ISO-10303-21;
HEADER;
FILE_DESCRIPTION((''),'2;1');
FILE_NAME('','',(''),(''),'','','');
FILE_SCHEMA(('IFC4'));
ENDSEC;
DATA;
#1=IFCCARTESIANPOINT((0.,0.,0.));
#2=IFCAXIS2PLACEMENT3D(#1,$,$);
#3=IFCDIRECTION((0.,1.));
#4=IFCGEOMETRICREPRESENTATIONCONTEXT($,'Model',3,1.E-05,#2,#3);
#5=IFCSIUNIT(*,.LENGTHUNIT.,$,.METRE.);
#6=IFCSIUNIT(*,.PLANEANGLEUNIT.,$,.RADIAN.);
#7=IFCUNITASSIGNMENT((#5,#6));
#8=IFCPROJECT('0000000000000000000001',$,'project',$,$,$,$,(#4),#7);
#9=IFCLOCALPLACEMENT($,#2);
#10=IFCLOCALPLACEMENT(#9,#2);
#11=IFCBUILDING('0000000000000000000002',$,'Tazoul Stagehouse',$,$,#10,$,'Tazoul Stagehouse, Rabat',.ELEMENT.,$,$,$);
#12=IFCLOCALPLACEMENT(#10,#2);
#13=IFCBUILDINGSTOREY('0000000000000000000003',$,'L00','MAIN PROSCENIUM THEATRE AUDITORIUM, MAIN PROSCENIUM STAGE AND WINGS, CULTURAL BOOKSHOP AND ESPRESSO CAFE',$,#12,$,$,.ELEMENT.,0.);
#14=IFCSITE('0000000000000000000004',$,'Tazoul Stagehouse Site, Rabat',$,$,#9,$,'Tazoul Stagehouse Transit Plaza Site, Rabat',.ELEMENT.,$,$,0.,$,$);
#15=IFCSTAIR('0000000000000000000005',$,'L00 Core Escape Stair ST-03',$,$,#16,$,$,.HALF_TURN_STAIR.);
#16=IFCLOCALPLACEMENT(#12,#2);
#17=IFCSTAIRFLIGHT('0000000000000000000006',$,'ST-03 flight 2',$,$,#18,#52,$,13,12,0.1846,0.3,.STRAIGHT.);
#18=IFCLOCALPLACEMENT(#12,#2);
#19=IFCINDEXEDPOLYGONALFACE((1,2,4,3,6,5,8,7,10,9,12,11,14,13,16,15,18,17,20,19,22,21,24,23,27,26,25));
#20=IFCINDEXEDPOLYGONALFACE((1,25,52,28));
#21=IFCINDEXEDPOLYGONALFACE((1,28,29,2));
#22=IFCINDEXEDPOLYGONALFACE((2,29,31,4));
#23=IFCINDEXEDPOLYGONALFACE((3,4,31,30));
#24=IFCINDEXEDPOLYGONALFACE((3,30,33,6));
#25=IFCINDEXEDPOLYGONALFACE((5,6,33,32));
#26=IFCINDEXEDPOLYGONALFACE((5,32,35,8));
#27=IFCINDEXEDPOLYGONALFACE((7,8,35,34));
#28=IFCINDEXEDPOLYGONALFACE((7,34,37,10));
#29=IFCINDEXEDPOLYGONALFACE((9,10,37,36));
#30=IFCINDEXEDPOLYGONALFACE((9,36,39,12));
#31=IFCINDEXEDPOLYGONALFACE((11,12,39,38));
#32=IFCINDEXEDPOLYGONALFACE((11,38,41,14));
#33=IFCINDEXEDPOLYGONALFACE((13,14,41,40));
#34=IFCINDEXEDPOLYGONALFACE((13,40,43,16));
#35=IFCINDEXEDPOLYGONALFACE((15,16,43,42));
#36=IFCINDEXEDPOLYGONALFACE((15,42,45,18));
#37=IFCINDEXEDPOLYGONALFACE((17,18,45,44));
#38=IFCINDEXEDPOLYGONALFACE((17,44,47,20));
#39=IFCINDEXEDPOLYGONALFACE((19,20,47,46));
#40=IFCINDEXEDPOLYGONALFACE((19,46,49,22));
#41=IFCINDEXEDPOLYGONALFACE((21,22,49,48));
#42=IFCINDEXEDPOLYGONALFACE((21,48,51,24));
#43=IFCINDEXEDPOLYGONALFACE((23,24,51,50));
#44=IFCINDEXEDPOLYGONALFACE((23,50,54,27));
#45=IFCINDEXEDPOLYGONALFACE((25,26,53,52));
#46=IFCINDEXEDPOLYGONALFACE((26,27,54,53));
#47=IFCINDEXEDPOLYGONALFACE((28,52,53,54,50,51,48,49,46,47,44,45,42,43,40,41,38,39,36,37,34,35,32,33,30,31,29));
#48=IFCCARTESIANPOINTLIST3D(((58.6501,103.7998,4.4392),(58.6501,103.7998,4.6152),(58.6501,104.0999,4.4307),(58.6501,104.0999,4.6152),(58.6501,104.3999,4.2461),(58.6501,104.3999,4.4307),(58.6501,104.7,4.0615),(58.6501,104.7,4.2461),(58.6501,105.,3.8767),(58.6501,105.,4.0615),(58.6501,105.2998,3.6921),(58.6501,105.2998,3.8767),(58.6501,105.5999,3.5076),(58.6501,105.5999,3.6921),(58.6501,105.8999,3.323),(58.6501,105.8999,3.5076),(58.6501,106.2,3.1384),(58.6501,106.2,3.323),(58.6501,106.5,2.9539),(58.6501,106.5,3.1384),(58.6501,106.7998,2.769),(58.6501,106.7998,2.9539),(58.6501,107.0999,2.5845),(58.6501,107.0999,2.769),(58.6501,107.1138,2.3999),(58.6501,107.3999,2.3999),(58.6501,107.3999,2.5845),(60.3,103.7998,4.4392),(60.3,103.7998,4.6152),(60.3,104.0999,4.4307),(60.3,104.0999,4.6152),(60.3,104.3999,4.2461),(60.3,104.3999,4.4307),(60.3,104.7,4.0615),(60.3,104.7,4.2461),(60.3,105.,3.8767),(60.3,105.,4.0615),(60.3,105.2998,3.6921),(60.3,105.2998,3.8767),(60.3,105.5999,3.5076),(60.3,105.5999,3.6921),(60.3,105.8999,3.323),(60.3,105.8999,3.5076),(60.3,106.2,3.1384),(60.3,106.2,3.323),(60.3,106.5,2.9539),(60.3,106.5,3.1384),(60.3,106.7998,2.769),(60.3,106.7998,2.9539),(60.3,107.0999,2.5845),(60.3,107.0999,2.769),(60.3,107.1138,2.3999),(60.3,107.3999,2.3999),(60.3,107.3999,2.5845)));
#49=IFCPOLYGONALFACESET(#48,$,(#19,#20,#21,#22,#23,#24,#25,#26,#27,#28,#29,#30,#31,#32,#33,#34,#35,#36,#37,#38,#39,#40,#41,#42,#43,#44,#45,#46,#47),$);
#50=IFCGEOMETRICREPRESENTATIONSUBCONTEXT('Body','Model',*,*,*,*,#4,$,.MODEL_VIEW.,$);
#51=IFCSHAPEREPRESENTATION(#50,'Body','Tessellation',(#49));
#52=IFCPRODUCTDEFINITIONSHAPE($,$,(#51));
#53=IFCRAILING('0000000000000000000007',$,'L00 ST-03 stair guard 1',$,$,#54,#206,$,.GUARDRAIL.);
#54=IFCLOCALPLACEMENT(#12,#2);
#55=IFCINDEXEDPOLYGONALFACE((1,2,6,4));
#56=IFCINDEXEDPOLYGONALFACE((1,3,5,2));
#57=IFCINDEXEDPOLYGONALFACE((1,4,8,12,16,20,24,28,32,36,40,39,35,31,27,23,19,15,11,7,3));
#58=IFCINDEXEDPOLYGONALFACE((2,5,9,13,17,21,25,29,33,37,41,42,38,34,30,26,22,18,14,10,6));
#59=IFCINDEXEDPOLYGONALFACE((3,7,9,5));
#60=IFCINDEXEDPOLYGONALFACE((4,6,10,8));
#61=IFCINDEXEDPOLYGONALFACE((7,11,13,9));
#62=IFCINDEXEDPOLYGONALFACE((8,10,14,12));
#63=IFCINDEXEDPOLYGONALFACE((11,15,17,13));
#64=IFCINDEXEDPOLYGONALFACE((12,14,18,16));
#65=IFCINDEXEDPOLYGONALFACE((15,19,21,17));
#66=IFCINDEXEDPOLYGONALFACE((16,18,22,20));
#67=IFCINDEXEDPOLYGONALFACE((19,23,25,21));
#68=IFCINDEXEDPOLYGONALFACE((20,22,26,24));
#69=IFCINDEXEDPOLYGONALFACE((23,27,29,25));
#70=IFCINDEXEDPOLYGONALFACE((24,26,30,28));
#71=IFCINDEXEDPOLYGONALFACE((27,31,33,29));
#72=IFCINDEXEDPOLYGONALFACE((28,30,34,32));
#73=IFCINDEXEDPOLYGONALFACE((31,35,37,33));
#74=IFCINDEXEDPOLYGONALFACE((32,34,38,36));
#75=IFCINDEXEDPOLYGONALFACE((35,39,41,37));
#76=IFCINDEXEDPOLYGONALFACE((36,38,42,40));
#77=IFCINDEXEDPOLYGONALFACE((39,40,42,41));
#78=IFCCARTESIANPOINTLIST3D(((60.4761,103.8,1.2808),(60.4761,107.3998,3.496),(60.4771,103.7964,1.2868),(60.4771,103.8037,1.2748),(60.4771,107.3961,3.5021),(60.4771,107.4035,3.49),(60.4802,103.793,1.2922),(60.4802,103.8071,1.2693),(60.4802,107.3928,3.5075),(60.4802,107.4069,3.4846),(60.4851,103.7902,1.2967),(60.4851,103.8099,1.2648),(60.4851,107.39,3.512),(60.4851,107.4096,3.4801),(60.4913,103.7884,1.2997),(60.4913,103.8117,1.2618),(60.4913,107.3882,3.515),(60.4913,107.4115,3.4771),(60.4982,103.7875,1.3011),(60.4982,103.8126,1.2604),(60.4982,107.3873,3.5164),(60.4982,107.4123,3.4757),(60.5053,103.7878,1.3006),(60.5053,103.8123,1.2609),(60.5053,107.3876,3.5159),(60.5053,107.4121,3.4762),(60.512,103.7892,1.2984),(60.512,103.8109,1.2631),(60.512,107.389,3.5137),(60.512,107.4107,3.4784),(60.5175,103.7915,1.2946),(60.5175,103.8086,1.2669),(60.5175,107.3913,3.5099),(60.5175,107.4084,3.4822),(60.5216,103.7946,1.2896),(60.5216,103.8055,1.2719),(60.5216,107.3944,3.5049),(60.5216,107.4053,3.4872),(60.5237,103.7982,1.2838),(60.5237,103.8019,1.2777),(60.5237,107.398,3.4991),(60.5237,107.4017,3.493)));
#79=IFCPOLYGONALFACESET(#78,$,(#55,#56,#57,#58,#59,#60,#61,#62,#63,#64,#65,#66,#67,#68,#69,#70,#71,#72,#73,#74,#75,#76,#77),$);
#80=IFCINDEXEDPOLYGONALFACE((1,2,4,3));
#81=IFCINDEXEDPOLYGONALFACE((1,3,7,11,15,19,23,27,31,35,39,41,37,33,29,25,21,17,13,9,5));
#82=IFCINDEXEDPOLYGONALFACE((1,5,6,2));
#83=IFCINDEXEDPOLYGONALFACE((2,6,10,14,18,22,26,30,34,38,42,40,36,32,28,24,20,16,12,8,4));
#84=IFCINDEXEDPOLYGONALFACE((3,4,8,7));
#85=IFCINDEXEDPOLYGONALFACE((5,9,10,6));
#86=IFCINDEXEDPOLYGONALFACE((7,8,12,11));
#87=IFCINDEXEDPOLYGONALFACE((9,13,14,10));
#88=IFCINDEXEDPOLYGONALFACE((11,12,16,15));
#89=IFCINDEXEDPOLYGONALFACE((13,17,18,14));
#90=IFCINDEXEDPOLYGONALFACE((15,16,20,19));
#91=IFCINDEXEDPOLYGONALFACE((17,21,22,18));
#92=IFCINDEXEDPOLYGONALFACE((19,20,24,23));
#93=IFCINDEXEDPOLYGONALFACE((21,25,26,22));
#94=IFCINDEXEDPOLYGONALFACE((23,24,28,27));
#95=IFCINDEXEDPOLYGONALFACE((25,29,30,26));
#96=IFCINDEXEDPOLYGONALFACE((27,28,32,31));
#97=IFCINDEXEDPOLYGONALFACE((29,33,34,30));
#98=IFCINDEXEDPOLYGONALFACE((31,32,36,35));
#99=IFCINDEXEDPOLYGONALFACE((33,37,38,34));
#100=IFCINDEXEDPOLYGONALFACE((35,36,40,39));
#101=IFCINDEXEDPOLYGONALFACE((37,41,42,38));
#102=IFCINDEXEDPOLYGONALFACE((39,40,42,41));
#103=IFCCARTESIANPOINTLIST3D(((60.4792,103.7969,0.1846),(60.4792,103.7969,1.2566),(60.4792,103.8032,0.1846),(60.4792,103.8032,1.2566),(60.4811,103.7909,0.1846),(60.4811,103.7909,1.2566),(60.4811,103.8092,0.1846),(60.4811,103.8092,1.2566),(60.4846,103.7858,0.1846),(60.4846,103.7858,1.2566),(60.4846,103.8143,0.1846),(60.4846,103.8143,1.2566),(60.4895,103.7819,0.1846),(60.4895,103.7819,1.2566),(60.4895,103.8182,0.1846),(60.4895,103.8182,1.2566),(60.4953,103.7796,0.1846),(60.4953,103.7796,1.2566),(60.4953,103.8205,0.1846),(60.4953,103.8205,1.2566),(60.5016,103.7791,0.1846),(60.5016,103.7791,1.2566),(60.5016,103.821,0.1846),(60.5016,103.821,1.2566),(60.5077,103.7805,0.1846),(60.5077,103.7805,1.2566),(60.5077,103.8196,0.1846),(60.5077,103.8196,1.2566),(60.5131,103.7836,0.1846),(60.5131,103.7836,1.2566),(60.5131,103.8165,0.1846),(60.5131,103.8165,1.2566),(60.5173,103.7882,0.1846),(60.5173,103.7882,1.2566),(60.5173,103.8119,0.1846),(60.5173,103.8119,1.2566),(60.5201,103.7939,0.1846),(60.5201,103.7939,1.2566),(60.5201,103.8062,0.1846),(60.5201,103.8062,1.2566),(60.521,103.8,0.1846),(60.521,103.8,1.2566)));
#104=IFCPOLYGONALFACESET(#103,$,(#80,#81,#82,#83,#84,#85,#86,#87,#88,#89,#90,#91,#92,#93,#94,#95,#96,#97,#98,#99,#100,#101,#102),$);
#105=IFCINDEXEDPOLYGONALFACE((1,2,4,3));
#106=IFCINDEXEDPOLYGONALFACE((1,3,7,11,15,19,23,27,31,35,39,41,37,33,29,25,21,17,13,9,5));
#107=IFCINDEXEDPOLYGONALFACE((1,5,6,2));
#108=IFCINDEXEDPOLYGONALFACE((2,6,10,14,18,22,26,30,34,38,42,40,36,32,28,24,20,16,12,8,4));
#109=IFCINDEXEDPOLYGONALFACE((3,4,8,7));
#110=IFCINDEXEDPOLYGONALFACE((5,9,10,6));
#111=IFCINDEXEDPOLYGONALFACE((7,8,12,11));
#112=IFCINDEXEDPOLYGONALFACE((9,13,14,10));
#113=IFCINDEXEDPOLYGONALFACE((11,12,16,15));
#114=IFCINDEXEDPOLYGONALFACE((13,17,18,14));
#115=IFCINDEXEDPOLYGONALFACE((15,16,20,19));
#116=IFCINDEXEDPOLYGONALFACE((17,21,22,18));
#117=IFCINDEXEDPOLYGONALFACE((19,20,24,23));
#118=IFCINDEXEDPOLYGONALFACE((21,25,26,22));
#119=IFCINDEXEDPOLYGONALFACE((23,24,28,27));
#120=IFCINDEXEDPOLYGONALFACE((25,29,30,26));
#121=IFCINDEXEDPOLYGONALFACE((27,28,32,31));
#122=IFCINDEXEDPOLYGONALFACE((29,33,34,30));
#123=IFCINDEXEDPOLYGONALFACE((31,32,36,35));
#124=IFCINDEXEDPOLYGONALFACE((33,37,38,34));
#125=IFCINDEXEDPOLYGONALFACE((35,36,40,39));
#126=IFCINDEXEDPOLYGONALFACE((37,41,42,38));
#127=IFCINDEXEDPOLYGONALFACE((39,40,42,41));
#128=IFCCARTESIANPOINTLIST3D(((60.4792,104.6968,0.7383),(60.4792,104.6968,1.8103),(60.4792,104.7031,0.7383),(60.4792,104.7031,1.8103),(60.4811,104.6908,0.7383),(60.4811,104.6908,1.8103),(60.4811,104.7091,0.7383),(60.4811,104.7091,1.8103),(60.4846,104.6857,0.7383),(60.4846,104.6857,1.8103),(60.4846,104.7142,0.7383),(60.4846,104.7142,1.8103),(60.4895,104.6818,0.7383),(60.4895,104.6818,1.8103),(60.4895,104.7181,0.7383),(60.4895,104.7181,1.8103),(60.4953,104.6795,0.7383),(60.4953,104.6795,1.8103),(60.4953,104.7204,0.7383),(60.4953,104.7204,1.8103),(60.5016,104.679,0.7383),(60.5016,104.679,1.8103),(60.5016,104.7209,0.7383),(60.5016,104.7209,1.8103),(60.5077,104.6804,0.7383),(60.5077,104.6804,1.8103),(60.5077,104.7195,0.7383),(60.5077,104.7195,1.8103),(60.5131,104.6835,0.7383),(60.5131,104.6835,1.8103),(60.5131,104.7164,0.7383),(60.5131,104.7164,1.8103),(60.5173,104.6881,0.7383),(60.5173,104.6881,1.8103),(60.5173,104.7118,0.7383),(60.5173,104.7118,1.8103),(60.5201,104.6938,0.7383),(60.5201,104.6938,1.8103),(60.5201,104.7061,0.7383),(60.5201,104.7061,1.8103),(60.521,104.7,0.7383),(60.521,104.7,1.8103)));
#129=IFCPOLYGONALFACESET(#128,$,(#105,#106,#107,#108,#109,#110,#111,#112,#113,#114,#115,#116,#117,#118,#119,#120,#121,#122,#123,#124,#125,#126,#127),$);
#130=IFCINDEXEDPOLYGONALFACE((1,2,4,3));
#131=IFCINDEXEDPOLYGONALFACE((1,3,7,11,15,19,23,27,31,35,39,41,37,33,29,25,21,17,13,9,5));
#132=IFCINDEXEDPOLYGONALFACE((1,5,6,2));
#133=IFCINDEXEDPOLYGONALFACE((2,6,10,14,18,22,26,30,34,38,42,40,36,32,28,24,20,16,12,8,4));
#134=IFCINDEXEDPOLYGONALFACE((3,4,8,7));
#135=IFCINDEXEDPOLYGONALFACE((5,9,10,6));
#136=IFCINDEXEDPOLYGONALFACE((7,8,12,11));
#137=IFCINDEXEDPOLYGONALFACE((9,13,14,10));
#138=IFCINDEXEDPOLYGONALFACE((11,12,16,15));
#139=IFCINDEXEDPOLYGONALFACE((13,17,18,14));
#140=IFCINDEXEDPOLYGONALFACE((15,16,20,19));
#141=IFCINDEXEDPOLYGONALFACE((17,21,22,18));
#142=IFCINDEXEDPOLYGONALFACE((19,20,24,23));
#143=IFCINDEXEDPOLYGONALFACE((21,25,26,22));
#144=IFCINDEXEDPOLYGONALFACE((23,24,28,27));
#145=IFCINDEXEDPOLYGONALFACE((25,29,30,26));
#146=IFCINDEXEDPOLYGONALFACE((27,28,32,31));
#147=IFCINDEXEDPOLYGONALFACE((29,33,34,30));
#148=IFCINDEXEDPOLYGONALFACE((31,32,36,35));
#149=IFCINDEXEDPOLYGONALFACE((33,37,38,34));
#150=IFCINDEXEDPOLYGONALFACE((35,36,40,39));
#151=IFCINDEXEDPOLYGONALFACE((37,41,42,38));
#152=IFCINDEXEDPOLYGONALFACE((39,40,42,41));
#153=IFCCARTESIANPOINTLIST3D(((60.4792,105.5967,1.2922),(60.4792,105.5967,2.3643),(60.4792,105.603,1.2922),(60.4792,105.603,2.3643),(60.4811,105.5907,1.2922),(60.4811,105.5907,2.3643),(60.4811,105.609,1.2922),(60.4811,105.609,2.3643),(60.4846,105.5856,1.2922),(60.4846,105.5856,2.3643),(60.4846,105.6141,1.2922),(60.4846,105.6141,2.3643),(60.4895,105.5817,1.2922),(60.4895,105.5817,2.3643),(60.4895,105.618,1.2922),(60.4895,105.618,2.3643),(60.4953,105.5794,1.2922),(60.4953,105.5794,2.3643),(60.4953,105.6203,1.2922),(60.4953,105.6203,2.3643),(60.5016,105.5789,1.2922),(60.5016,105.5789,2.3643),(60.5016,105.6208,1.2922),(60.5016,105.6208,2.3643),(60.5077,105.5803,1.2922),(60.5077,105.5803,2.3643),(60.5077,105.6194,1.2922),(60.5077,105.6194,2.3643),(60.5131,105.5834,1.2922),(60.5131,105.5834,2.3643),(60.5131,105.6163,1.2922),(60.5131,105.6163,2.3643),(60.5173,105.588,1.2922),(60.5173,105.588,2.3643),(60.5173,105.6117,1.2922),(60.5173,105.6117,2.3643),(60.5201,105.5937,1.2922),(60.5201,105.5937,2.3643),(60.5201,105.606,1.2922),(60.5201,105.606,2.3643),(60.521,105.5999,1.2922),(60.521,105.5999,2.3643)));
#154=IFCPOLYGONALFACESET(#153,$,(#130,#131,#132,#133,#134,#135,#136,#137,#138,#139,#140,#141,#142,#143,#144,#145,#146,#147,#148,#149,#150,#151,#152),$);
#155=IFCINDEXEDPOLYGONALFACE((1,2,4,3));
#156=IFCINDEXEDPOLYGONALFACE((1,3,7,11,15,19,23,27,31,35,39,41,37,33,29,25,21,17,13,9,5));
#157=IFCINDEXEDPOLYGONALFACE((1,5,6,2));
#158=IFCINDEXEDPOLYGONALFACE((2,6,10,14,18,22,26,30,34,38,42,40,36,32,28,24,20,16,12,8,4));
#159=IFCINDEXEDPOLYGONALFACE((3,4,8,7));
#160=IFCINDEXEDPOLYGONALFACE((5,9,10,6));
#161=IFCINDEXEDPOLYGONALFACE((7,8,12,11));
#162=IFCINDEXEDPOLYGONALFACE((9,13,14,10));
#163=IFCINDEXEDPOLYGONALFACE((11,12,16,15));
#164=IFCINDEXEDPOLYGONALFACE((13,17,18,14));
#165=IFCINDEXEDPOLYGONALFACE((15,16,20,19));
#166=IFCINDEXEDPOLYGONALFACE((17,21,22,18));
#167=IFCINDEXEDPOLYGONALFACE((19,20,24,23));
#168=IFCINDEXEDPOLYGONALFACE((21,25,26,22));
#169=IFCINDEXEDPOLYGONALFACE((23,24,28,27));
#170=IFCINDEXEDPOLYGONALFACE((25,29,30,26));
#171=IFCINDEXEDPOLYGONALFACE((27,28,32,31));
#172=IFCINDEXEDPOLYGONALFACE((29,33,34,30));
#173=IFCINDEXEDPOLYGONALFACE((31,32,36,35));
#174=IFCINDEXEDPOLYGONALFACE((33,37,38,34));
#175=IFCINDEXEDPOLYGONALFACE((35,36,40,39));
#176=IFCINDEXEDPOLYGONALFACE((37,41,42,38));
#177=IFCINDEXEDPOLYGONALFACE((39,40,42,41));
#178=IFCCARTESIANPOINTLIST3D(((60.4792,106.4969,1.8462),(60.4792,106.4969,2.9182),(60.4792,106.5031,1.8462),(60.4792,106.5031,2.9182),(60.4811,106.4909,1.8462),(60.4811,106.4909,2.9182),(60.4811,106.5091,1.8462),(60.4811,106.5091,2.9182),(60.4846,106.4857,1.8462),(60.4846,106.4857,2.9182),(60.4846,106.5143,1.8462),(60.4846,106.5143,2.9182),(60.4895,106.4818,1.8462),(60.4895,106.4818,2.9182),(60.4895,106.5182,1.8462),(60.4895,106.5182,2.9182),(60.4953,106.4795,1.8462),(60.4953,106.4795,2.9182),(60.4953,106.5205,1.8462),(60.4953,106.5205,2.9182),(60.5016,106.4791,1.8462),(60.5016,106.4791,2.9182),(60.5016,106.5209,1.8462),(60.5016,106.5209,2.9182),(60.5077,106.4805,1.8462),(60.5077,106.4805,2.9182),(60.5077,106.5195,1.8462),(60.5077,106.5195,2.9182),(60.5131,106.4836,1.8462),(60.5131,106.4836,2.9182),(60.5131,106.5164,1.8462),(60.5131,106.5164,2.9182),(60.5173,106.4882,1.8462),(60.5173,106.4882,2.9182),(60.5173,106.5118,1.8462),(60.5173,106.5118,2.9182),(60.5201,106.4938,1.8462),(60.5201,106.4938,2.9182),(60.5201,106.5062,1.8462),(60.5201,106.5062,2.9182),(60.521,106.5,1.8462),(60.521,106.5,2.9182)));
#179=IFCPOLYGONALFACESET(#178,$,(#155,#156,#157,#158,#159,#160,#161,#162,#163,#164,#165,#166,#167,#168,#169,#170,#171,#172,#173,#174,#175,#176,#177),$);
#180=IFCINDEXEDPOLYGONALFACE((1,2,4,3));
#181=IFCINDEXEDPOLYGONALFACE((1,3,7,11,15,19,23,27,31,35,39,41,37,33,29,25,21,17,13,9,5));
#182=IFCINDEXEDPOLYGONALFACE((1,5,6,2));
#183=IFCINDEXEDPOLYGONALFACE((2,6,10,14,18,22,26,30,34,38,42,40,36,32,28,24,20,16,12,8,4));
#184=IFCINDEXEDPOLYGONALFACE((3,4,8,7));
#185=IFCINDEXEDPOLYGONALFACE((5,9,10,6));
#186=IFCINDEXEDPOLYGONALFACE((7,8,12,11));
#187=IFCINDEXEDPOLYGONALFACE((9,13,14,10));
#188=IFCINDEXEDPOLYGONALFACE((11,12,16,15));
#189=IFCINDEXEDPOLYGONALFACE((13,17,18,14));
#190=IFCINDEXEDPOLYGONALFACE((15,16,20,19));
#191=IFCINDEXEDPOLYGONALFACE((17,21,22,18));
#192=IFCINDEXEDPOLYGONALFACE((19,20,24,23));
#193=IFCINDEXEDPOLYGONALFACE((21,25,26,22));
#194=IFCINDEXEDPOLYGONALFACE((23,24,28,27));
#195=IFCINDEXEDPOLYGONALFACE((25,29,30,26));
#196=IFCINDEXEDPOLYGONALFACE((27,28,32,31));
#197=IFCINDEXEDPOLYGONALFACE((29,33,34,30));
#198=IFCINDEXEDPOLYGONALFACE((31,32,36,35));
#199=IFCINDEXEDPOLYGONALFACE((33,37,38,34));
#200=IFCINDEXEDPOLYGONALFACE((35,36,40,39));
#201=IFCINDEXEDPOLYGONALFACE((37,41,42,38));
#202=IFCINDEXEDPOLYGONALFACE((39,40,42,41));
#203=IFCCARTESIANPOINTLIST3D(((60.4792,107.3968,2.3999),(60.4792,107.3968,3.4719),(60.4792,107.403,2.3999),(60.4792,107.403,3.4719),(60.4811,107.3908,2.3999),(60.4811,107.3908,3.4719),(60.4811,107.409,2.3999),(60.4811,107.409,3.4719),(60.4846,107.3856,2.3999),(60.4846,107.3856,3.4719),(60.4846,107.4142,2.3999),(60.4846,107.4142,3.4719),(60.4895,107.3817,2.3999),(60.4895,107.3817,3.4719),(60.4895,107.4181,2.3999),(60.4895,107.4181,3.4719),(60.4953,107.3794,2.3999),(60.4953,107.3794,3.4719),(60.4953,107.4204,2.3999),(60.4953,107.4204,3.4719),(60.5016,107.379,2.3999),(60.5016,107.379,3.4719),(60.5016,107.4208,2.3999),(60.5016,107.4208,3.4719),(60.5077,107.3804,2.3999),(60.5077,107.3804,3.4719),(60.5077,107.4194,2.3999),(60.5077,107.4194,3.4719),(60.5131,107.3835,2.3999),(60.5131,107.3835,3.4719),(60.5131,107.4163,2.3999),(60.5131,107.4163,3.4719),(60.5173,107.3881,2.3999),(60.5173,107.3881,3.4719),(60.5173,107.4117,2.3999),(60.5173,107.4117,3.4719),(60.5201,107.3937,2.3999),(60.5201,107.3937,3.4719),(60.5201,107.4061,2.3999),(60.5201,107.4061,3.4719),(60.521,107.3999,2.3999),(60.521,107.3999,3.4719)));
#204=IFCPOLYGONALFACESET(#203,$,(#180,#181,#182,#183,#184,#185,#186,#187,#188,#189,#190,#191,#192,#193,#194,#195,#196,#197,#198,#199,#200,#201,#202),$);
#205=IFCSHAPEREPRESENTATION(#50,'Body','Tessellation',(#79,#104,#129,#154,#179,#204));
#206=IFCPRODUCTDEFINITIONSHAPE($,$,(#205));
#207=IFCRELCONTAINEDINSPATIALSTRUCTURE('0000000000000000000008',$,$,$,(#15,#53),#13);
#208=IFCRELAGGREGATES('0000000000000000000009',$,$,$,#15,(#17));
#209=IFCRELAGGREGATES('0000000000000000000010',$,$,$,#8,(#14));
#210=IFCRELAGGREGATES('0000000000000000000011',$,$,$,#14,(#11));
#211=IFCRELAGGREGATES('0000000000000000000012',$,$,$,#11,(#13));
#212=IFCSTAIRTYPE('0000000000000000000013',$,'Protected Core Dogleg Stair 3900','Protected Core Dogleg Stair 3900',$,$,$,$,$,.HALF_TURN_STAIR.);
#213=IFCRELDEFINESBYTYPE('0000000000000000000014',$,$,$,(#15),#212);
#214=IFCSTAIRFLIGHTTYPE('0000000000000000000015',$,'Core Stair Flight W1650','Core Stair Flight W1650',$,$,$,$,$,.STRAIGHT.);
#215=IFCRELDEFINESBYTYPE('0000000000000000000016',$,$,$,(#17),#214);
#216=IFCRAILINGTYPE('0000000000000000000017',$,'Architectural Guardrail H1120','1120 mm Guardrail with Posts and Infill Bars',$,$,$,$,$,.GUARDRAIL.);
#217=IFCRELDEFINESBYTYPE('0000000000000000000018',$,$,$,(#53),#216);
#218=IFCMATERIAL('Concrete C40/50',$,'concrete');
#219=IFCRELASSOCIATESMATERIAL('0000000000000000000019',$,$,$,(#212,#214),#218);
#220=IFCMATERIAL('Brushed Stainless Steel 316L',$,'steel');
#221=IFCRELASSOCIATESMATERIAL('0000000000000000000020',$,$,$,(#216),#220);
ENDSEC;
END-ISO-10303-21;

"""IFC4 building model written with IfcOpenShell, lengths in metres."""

from ifc_helpers import new_model, si_unit, direction, frame, origin, origin_2d, place, context, subcontext, project, spatial, polyline, circle, outline, extrude, material, material_profile, profile_set, type_object, element, aggregate, save


model = new_model("IFC4")

# Units and contexts
model_context = context("Model", 3, precision=1e-05, world=origin(), true_north=direction((0.0, 1.0)))
body_context = subcontext(model_context, "Body", "Model", "MODEL_VIEW")
ifc_project = project(units=[si_unit("LENGTHUNIT", "METRE"), si_unit("PLANEANGLEUNIT", "RADIAN")], contexts=[model_context])

# Site, building, storey
site_placement = place(None, origin())
site = spatial("IfcSite", under=ifc_project, at=site_placement, Name="Tazoul Stagehouse Site, Rabat", LongName="Tazoul Stagehouse Transit Plaza Site, Rabat", CompositionType="ELEMENT", RefElevation=0.0)
building_placement = place(site_placement, origin())
building = spatial("IfcBuilding", under=site, at=building_placement, Name="Tazoul Stagehouse", LongName="Tazoul Stagehouse, Rabat", CompositionType="ELEMENT")
storey_placement = place(building_placement, origin())
storey = spatial("IfcBuildingStorey", under=building, at=storey_placement, Name="L00", Description="MAIN PROSCENIUM THEATRE AUDITORIUM, MAIN PROSCENIUM STAGE AND WINGS, CULTURAL BOOKSHOP AND ESPRESSO CAFE", CompositionType="ELEMENT", Elevation=0.0)

# Shared definitions
ifc_material_1 = material(Name="Concrete C40/50", Category="concrete")

# Stair, stair flight
stair_type = type_object("IfcStairType", Name="Protected Core Dogleg Stair 3900", Description="Protected Core Dogleg Stair 3900", PredefinedType="HALF_TURN_STAIR", material=ifc_material_1)
stair_placement = place(storey_placement, origin())
stair = element("IfcStair", 1, at=stair_placement, inside=storey, type_object=stair_type, Name="L00 Core Escape Stair ST-03", PredefinedType="HALF_TURN_STAIR")
stair_flight_type = type_object("IfcStairFlightType", Name="Core Stair Flight W1650", Description="Core Stair Flight W1650", PredefinedType="STRAIGHT", material=ifc_material_1)
stair_flight_1_placement = place(storey_placement, frame((59.4751, 107.3999, 2.3999), z_axis=(0.0, 0.0, 1.0), x_axis=(0.0, -1.0, 0.0)))
stair_flight_1 = element("IfcStairFlight", 2, at=stair_flight_1_placement, type_object=stair_flight_type, Name="ST-03 flight 2", NumberOfRisers=13, NumberOfTreads=12, PredefinedType="STRAIGHT", RiserHeight=0.1846, TreadLength=0.3, context=body_context, shape_type="SweptSolid", body=[
    extrude(outline(polyline([(0.0, 0.0), (0.0, 0.1846), (0.3, 0.1846), (0.3, 0.3691), (0.6001, 0.3691), (0.6001, 0.554), (0.8999, 0.554), (0.8999, 0.7385), (1.2, 0.7385), (1.2, 0.9231), (1.5, 0.9231), (1.5, 1.1077), (1.8, 1.1077), (1.8, 1.2922), (2.1001, 1.2922), (2.1001, 1.4768), (2.3999, 1.4768), (2.3999, 1.6616), (2.7, 1.6616), (2.7, 1.8462), (3.0, 1.8462), (3.0, 2.0308), (3.3, 2.0308), (3.3, 2.2153), (3.6001, 2.2153), (3.6001, 2.3999), (3.6001, 2.0393), (0.2861, 0.0), (0.0, 0.0)])), frame((0.0, 0.825, 0.0), z_axis=(0.0, -1.0, 0.0), x_axis=(1.0, 0.0, 0.0)), (0.0, 0.0, 1.0), 1.6499),
])
aggregate(stair, [stair_flight_1])

# Railing
ifc_material_2 = material(Name="Brushed Stainless Steel 316L", Category="steel")
ifc_material_profile_1 = material_profile(ifc_material_2, circle(Radius=0.0239, at=origin_2d()), Name="SS RAIL D48")
ifc_profile_set_1 = profile_set([ifc_material_profile_1], Name="Brushed Stainless Steel 316L")
railing_type_1 = type_object("IfcRailingType", Name="Architectural Guardrail H1120", Description="1120 mm Guardrail with Posts and Infill Bars", PredefinedType="GUARDRAIL", material=ifc_profile_set_1)
railing_1_placement = place(storey_placement, frame((60.5, 103.8, 0.1846)))
element("IfcRailing", 3, at=railing_1_placement, inside=storey, type_object=railing_type_1, Name="L00 ST-03 stair guard 1", PredefinedType="GUARDRAIL", context=body_context, shape_type="SweptSolid", body=[
    extrude(circle(Radius=0.0239, at=origin_2d()), frame((0.0, 0.0, 1.0962), z_axis=(0.0, 0.851654, 0.524104), x_axis=(-1.0, 0.0, 0.0)), (0.0, 0.0, 1.0), 4.2268),
    extrude(circle(Radius=0.021, at=origin_2d()), origin(), (0.0, 0.0, 1.0), 1.072),
    extrude(circle(Radius=0.021, at=origin_2d()), frame((0.0, 0.8999, 0.5537)), (0.0, 0.0, 1.0), 1.072),
    extrude(circle(Radius=0.021, at=origin_2d()), frame((0.0, 1.7998, 1.1077)), (0.0, 0.0, 1.0), 1.072),
    extrude(circle(Radius=0.021, at=origin_2d()), frame((0.0, 2.7, 1.6616)), (0.0, 0.0, 1.0), 1.072),
    extrude(circle(Radius=0.021, at=origin_2d()), frame((0.0, 3.5999, 2.2153)), (0.0, 0.0, 1.0), 1.072),
])

save(model, "model.ifc")
